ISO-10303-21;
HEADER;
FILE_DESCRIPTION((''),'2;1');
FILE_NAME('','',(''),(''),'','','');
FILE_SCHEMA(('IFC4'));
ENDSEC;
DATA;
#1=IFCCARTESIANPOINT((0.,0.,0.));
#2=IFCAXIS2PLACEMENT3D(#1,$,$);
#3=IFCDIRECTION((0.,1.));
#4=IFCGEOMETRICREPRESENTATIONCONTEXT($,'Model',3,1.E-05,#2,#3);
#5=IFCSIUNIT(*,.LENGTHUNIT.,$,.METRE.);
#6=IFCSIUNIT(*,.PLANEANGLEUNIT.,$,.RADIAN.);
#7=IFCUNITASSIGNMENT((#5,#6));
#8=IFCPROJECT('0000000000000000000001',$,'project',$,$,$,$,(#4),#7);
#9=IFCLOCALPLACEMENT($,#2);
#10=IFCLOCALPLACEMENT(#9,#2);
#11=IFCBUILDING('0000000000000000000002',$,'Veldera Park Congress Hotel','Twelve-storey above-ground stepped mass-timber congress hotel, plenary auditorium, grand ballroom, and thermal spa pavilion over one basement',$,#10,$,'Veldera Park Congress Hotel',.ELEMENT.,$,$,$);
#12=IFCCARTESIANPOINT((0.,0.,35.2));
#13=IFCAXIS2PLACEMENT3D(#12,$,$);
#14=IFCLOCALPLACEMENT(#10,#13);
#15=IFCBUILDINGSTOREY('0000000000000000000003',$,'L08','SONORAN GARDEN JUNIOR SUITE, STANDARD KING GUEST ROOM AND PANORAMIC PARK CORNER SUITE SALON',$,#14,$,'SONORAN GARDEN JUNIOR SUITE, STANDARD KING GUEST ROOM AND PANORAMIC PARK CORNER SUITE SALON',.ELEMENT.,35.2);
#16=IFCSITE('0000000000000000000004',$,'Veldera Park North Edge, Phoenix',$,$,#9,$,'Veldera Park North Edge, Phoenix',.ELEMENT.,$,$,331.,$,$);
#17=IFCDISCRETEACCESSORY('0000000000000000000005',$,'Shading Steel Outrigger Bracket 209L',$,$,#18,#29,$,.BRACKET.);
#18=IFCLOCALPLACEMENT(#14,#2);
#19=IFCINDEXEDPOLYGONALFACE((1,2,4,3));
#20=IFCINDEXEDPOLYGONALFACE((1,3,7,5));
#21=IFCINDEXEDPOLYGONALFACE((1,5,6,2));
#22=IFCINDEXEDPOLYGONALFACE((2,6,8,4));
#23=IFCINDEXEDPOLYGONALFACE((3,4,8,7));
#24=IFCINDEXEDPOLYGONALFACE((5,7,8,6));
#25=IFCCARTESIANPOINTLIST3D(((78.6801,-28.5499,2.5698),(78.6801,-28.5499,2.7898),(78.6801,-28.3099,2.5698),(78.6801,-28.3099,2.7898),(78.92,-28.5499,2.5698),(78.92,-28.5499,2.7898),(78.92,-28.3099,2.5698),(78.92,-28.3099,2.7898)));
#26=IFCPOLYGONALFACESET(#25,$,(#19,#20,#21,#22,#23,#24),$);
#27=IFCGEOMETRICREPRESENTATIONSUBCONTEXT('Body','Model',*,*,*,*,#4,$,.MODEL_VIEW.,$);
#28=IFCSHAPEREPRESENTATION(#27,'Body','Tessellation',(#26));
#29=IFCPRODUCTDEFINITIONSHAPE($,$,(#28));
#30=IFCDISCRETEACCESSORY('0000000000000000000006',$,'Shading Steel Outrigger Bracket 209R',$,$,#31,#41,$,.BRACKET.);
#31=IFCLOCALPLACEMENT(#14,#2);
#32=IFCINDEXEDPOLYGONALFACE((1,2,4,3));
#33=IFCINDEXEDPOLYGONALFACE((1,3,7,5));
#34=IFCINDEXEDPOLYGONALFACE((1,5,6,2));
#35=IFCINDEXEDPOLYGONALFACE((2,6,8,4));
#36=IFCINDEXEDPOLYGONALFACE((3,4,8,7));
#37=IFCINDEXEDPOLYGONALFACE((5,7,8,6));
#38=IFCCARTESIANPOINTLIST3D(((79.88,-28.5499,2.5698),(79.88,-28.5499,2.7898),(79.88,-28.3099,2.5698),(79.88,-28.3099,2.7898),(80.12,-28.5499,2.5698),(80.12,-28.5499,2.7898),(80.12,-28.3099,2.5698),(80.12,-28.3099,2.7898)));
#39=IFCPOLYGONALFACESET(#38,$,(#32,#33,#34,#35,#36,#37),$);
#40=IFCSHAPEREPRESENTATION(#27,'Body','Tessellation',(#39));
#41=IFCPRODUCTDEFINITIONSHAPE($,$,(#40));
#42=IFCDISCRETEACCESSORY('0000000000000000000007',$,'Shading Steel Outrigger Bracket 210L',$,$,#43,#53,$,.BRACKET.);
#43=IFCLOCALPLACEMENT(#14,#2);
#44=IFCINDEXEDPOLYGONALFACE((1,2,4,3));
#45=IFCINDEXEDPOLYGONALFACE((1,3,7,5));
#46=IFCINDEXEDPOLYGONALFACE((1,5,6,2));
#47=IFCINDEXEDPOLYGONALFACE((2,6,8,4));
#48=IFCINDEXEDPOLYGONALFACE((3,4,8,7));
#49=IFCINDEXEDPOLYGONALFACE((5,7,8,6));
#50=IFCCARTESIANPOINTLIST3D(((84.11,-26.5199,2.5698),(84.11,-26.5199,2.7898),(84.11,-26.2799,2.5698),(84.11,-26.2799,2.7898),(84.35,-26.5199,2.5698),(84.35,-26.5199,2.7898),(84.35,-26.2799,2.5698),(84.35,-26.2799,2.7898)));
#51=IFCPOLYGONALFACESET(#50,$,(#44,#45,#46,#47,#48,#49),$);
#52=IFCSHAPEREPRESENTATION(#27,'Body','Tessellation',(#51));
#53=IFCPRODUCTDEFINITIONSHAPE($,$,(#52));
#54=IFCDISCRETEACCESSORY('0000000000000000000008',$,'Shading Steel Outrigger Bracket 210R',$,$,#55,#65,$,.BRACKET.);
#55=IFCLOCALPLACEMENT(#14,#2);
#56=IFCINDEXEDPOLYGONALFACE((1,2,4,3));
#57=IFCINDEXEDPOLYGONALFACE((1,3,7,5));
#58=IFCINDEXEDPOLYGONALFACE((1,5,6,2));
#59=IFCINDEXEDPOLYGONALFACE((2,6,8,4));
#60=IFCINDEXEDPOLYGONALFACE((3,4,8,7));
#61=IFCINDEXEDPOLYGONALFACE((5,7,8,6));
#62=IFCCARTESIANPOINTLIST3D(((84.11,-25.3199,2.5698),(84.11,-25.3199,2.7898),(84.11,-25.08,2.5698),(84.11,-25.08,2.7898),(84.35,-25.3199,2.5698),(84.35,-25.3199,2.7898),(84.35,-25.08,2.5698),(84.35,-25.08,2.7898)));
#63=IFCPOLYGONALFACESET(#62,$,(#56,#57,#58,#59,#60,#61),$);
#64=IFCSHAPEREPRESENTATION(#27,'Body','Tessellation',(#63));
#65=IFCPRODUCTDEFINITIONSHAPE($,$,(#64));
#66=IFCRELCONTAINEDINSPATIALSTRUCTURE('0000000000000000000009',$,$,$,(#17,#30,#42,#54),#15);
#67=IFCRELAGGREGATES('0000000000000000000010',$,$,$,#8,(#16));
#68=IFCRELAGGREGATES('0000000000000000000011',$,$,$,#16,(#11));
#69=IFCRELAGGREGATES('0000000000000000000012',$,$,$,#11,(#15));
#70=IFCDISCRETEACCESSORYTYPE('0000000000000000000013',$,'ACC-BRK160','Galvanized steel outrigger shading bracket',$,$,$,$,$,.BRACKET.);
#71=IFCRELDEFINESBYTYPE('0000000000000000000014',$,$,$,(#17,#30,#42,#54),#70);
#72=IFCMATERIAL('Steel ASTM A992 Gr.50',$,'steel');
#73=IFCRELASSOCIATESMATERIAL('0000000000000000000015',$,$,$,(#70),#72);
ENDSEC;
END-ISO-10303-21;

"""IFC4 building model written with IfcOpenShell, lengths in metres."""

from ifc_helpers import new_model, si_unit, direction, frame, origin, origin_2d, place, context, subcontext, project, spatial, rectangle, extrude, material, type_object, element, save


model = new_model("IFC4")

# Units and contexts
model_context = context("Model", 3, precision=1e-05, world=origin(), true_north=direction((0.0, 1.0)))
body_context = subcontext(model_context, "Body", "Model", "MODEL_VIEW")
ifc_project = project(units=[si_unit("LENGTHUNIT", "METRE"), si_unit("PLANEANGLEUNIT", "RADIAN")], contexts=[model_context])

# Site, building, storey
site_placement = place(None, origin())
site = spatial("IfcSite", under=ifc_project, at=site_placement, Name="Veldera Park North Edge, Phoenix", LongName="Veldera Park North Edge, Phoenix", CompositionType="ELEMENT", RefElevation=331.0)
building_placement = place(site_placement, origin())
building = spatial("IfcBuilding", under=site, at=building_placement, Name="Veldera Park Congress Hotel", Description="Twelve-storey above-ground stepped mass-timber congress hotel, plenary auditorium, grand ballroom, and thermal spa pavilion over one basement", LongName="Veldera Park Congress Hotel", CompositionType="ELEMENT")
storey_placement = place(building_placement, frame((0.0, 0.0, 35.2)))
storey = spatial("IfcBuildingStorey", under=building, at=storey_placement, Name="L08", Description="SONORAN GARDEN JUNIOR SUITE, STANDARD KING GUEST ROOM AND PANORAMIC PARK CORNER SUITE SALON", LongName="SONORAN GARDEN JUNIOR SUITE, STANDARD KING GUEST ROOM AND PANORAMIC PARK CORNER SUITE SALON", CompositionType="ELEMENT", Elevation=35.2)

# Discrete accessories
ifc_material_1 = material(Name="Steel ASTM A992 Gr.50", Category="steel")
discrete_accessory_type = type_object("IfcDiscreteAccessoryType", Name="ACC-BRK160", Description="Galvanized steel outrigger shading bracket", PredefinedType="BRACKET", material=ifc_material_1)
for number, where, z_axis, x_axis, name in (
    (1, (78.8, -28.4299, 2.5698), (0.0, 0.0, 1.0), (1.0, 0.0, 0.0), "Shading Steel Outrigger Bracket 209L"),
    (2, (80.0, -28.4299, 2.5698), (0.0, 0.0, 1.0), (1.0, 0.0, 0.0), "Shading Steel Outrigger Bracket 209R"),
    (3, (84.23, -26.3999, 2.5698), (0.0, 0.0, 1.0), (0.0, 1.0, 0.0), "Shading Steel Outrigger Bracket 210L"),
    (4, (84.23, -25.2, 2.5698), (0.0, 0.0, 1.0), (0.0, 1.0, 0.0), "Shading Steel Outrigger Bracket 210R"),
):
    element("IfcDiscreteAccessory", number, at=place(storey_placement, frame(where, z_axis=z_axis, x_axis=x_axis)), inside=storey, type_object=discrete_accessory_type, Name=name, PredefinedType="BRACKET", context=body_context, shape_type="SweptSolid", body=[
        extrude(rectangle(XDim=0.24, YDim=0.24, at=origin_2d()), origin(), (0.0, 0.0, 1.0), 0.22),
    ])

save(model, "model.ifc")
